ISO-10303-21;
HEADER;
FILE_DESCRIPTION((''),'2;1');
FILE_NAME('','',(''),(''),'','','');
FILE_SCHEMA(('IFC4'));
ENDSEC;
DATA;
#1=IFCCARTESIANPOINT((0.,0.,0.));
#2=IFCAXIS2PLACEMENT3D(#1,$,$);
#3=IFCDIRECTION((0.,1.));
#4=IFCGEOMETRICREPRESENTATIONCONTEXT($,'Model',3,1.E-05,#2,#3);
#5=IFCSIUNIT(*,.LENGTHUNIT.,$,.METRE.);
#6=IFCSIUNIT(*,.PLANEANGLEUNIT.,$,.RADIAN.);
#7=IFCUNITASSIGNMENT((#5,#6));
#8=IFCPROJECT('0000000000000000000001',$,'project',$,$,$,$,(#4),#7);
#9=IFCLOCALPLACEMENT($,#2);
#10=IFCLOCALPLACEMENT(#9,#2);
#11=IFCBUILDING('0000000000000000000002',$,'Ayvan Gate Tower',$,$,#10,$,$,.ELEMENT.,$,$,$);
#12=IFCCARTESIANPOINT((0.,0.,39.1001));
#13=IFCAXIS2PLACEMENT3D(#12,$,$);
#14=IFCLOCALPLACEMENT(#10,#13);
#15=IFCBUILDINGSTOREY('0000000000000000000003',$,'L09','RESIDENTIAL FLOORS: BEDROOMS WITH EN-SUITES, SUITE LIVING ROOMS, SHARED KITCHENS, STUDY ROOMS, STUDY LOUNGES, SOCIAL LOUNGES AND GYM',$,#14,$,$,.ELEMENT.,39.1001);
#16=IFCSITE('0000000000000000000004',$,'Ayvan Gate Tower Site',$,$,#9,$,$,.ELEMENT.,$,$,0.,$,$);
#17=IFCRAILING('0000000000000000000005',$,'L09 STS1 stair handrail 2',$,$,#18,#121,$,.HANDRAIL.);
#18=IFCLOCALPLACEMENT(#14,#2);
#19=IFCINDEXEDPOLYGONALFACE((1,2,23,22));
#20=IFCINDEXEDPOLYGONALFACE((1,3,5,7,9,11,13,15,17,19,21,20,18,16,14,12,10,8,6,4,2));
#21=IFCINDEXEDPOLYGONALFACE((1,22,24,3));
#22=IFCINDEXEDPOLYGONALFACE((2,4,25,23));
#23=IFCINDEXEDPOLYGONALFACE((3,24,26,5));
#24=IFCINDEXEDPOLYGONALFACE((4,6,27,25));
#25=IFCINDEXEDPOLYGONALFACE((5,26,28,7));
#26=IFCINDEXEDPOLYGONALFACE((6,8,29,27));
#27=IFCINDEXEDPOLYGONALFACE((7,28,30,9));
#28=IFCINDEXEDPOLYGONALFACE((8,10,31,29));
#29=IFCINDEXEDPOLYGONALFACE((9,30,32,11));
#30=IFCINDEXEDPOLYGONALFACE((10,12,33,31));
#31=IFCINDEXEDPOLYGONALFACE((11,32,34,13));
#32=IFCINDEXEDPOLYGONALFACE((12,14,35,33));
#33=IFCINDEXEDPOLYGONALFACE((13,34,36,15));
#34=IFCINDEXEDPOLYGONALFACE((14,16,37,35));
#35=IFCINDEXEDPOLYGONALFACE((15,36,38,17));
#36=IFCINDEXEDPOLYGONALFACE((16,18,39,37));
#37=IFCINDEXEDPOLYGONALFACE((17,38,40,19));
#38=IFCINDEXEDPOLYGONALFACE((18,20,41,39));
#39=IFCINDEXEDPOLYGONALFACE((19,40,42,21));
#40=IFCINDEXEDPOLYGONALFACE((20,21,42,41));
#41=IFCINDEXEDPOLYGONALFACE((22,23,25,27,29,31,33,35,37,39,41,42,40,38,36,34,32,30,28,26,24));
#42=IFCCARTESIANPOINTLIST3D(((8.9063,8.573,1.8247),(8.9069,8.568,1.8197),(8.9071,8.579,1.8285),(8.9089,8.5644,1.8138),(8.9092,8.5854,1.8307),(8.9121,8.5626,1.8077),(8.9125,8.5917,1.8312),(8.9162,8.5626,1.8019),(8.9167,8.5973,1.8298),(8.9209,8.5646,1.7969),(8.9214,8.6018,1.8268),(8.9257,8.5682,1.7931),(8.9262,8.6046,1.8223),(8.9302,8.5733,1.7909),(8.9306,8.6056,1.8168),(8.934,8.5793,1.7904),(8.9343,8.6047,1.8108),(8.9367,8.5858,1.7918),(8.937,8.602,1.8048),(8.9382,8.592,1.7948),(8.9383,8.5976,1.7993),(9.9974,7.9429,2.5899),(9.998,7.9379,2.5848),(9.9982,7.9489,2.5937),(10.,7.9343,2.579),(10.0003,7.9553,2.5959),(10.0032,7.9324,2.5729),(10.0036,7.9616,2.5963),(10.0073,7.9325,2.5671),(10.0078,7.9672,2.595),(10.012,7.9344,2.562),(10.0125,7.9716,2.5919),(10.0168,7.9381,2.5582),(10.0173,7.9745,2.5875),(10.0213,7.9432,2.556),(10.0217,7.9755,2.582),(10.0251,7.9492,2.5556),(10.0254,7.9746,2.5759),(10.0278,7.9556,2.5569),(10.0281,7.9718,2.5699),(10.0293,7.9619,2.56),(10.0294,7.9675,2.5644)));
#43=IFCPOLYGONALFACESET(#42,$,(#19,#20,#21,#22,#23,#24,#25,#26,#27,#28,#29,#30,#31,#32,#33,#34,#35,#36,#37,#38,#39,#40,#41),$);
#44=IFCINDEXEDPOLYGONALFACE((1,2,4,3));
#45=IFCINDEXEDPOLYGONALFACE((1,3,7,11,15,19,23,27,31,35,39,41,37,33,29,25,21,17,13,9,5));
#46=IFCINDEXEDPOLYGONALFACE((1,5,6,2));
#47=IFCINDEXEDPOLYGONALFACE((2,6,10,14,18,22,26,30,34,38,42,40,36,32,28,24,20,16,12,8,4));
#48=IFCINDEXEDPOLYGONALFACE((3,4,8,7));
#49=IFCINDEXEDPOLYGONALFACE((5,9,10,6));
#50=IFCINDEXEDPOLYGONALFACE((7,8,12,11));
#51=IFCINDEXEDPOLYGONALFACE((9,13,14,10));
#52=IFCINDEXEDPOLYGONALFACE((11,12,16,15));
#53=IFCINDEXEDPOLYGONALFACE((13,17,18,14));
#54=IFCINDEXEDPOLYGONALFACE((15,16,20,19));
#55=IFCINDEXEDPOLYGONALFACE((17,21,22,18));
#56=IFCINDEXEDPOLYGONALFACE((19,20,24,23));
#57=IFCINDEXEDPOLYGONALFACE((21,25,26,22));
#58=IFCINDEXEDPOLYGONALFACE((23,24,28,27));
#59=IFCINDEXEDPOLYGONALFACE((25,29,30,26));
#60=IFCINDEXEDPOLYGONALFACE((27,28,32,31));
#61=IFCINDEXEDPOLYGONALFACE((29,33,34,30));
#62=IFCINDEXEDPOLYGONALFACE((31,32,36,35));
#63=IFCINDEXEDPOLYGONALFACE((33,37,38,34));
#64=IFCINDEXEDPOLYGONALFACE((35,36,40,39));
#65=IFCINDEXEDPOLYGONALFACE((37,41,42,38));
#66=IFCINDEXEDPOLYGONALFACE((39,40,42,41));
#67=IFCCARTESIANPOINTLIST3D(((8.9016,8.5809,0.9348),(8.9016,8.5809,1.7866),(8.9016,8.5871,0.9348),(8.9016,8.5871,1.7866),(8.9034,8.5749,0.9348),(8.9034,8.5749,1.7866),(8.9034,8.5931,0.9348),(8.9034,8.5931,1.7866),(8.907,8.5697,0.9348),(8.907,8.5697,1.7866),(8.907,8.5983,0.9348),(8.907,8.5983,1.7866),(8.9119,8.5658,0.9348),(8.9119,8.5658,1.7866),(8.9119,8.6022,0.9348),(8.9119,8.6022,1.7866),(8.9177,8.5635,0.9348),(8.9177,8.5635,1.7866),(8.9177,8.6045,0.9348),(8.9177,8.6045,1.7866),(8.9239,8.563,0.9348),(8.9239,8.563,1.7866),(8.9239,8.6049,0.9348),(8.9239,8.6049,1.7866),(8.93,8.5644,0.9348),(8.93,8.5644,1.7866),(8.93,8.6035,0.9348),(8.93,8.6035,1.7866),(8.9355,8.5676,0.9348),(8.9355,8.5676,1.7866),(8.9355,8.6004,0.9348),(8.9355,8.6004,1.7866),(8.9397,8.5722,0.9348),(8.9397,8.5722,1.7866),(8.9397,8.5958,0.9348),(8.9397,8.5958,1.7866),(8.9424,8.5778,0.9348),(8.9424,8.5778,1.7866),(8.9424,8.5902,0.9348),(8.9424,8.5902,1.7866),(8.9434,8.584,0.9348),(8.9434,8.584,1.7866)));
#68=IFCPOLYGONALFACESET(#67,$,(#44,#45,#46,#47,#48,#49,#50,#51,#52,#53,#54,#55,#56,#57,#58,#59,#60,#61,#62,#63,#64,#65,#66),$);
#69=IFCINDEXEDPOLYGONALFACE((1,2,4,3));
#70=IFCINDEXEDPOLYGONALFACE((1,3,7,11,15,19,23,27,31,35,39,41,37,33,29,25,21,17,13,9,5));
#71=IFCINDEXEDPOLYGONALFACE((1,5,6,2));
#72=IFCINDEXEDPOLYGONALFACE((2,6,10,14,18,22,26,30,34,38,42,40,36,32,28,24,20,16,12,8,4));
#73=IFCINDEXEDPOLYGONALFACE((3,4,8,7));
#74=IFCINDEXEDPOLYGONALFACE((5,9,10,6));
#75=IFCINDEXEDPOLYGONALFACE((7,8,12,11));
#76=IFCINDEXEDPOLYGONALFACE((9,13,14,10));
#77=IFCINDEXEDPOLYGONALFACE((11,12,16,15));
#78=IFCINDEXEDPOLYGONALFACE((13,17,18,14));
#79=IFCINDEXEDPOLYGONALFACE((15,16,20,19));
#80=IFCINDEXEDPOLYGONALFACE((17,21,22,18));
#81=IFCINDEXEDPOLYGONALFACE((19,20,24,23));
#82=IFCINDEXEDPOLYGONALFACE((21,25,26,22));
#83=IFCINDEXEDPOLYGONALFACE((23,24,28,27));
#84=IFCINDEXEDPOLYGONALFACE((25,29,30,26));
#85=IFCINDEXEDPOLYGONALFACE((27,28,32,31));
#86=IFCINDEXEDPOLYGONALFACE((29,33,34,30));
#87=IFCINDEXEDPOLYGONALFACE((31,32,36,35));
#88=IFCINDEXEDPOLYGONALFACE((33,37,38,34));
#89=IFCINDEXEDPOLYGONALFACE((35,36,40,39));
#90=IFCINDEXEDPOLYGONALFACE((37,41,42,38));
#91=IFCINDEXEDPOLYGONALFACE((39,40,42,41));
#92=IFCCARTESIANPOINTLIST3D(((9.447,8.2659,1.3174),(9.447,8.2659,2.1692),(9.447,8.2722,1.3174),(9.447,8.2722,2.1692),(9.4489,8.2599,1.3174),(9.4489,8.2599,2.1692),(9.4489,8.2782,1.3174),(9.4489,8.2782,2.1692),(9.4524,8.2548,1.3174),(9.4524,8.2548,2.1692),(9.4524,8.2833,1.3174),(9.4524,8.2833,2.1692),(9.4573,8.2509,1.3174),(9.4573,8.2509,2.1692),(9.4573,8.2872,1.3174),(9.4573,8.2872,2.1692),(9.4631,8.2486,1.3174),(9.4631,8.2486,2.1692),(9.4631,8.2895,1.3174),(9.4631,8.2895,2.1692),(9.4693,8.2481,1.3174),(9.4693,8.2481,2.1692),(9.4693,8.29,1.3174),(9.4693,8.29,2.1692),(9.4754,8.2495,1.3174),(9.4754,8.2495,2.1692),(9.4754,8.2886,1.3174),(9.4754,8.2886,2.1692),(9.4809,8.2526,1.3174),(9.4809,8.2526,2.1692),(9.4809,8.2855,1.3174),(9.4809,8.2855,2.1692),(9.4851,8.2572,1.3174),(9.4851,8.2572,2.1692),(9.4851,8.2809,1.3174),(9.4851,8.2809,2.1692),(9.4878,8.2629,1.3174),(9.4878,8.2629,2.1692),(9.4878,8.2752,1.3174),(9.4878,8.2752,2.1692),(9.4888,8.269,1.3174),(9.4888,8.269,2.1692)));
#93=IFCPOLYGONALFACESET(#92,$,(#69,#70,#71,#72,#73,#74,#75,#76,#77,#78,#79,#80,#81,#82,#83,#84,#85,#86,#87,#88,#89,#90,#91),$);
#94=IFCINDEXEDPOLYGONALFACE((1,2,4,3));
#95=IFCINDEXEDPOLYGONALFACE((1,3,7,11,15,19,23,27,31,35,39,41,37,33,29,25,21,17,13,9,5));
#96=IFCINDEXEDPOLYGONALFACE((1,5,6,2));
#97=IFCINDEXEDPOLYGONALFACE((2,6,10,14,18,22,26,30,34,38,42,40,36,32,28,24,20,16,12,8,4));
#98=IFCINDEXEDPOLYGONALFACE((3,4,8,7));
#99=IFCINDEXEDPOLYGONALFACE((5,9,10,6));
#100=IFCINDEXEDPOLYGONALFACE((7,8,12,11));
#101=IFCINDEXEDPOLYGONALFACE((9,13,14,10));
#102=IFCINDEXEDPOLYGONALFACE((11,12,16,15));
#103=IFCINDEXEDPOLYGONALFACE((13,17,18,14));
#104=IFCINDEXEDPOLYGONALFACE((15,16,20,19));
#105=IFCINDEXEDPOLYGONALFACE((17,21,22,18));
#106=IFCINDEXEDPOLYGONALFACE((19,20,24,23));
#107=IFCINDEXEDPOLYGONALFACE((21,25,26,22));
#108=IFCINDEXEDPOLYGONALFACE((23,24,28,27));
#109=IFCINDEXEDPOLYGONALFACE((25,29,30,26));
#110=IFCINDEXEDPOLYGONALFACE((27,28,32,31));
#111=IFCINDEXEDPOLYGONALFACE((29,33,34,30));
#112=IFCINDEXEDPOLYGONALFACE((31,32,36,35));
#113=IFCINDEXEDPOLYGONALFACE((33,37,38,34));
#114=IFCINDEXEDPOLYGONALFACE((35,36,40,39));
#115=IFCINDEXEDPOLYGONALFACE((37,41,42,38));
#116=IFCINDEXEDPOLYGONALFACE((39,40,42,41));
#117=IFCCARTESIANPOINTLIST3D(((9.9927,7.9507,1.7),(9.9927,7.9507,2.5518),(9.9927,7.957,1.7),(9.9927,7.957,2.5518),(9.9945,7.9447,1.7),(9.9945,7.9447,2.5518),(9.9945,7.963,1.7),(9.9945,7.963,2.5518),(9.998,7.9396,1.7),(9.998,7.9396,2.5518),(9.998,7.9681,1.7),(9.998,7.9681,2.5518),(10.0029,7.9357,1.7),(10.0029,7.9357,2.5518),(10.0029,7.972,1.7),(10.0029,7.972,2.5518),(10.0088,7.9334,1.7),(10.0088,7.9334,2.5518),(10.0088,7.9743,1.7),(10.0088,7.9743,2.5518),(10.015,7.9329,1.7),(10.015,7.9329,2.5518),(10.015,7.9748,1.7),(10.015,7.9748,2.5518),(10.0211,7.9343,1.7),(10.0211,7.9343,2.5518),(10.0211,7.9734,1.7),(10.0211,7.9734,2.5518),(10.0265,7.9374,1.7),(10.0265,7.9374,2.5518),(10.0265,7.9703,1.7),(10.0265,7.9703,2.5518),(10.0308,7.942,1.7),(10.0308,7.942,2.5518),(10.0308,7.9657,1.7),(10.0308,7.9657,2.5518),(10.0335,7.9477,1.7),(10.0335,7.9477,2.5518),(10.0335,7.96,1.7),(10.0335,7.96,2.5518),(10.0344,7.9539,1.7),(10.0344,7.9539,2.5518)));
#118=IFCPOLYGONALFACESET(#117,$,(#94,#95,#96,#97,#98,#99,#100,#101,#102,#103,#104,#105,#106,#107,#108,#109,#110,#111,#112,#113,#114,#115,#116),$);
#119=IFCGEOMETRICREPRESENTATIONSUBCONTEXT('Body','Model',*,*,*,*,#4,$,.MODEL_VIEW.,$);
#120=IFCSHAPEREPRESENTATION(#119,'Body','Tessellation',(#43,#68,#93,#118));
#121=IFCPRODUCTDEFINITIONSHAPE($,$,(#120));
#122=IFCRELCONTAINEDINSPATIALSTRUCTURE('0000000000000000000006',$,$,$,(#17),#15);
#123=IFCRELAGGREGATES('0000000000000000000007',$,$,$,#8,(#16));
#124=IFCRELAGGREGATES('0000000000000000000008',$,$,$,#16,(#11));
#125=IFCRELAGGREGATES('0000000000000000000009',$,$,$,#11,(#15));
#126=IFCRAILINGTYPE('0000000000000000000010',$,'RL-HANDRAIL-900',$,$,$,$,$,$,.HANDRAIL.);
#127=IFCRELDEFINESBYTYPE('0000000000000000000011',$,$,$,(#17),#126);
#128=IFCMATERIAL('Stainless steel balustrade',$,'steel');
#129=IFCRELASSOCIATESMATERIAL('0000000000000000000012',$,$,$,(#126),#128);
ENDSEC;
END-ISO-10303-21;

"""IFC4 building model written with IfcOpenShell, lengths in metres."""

from ifc_helpers import new_model, si_unit, direction, frame, origin, origin_2d, place, context, subcontext, project, spatial, circle, extrude, material, type_object, element, save


model = new_model("IFC4")

# Units and contexts
model_context = context("Model", 3, precision=1e-05, world=origin(), true_north=direction((0.0, 1.0)))
body_context = subcontext(model_context, "Body", "Model", "MODEL_VIEW")
ifc_project = project(units=[si_unit("LENGTHUNIT", "METRE"), si_unit("PLANEANGLEUNIT", "RADIAN")], contexts=[model_context])

# Site, building, storey
site_placement = place(None, origin())
site = spatial("IfcSite", under=ifc_project, at=site_placement, Name="Ayvan Gate Tower Site", CompositionType="ELEMENT", RefElevation=0.0)
building_placement = place(site_placement, origin())
building = spatial("IfcBuilding", under=site, at=building_placement, Name="Ayvan Gate Tower", CompositionType="ELEMENT")
storey_placement = place(building_placement, frame((0.0, 0.0, 39.1001)))
storey = spatial("IfcBuildingStorey", under=building, at=storey_placement, Name="L09", Description="RESIDENTIAL FLOORS: BEDROOMS WITH EN-SUITES, SUITE LIVING ROOMS, SHARED KITCHENS, STUDY ROOMS, STUDY LOUNGES, SOCIAL LOUNGES AND GYM", CompositionType="ELEMENT", Elevation=39.1001)

# Railing
ifc_material_1 = material(Name="Stainless steel balustrade", Category="steel")
railing_type_1 = type_object("IfcRailingType", Name="RL-HANDRAIL-900", PredefinedType="HANDRAIL", material=ifc_material_1)
railing_1_placement = place(storey_placement, frame((8.9224, 8.584, 0.9348)))
element("IfcRailing", 1, at=railing_1_placement, inside=storey, type_object=railing_type_1, Name="L09 STS1 stair handrail 2", PredefinedType="HANDRAIL", context=body_context, shape_type="SweptSolid", body=[
    extrude(circle(Radius=0.0239, at=origin_2d()), frame((0.0, 0.0, 0.876), z_axis=(0.740166, -0.427471, 0.51906), x_axis=(0.500119, 0.865956, 0.0)), (0.0, 0.0, 1.0), 1.4741),
    extrude(circle(Radius=0.021, at=origin_2d()), origin(), (0.0, 0.0, 1.0), 0.8518),
    extrude(circle(Radius=0.021, at=origin_2d()), frame((0.5454, -0.3149, 0.3826)), (0.0, 0.0, 1.0), 0.8518),
    extrude(circle(Radius=0.021, at=origin_2d()), frame((1.0911, -0.6301, 0.7651)), (0.0, 0.0, 1.0), 0.8518),
])

save(model, "model.ifc")
